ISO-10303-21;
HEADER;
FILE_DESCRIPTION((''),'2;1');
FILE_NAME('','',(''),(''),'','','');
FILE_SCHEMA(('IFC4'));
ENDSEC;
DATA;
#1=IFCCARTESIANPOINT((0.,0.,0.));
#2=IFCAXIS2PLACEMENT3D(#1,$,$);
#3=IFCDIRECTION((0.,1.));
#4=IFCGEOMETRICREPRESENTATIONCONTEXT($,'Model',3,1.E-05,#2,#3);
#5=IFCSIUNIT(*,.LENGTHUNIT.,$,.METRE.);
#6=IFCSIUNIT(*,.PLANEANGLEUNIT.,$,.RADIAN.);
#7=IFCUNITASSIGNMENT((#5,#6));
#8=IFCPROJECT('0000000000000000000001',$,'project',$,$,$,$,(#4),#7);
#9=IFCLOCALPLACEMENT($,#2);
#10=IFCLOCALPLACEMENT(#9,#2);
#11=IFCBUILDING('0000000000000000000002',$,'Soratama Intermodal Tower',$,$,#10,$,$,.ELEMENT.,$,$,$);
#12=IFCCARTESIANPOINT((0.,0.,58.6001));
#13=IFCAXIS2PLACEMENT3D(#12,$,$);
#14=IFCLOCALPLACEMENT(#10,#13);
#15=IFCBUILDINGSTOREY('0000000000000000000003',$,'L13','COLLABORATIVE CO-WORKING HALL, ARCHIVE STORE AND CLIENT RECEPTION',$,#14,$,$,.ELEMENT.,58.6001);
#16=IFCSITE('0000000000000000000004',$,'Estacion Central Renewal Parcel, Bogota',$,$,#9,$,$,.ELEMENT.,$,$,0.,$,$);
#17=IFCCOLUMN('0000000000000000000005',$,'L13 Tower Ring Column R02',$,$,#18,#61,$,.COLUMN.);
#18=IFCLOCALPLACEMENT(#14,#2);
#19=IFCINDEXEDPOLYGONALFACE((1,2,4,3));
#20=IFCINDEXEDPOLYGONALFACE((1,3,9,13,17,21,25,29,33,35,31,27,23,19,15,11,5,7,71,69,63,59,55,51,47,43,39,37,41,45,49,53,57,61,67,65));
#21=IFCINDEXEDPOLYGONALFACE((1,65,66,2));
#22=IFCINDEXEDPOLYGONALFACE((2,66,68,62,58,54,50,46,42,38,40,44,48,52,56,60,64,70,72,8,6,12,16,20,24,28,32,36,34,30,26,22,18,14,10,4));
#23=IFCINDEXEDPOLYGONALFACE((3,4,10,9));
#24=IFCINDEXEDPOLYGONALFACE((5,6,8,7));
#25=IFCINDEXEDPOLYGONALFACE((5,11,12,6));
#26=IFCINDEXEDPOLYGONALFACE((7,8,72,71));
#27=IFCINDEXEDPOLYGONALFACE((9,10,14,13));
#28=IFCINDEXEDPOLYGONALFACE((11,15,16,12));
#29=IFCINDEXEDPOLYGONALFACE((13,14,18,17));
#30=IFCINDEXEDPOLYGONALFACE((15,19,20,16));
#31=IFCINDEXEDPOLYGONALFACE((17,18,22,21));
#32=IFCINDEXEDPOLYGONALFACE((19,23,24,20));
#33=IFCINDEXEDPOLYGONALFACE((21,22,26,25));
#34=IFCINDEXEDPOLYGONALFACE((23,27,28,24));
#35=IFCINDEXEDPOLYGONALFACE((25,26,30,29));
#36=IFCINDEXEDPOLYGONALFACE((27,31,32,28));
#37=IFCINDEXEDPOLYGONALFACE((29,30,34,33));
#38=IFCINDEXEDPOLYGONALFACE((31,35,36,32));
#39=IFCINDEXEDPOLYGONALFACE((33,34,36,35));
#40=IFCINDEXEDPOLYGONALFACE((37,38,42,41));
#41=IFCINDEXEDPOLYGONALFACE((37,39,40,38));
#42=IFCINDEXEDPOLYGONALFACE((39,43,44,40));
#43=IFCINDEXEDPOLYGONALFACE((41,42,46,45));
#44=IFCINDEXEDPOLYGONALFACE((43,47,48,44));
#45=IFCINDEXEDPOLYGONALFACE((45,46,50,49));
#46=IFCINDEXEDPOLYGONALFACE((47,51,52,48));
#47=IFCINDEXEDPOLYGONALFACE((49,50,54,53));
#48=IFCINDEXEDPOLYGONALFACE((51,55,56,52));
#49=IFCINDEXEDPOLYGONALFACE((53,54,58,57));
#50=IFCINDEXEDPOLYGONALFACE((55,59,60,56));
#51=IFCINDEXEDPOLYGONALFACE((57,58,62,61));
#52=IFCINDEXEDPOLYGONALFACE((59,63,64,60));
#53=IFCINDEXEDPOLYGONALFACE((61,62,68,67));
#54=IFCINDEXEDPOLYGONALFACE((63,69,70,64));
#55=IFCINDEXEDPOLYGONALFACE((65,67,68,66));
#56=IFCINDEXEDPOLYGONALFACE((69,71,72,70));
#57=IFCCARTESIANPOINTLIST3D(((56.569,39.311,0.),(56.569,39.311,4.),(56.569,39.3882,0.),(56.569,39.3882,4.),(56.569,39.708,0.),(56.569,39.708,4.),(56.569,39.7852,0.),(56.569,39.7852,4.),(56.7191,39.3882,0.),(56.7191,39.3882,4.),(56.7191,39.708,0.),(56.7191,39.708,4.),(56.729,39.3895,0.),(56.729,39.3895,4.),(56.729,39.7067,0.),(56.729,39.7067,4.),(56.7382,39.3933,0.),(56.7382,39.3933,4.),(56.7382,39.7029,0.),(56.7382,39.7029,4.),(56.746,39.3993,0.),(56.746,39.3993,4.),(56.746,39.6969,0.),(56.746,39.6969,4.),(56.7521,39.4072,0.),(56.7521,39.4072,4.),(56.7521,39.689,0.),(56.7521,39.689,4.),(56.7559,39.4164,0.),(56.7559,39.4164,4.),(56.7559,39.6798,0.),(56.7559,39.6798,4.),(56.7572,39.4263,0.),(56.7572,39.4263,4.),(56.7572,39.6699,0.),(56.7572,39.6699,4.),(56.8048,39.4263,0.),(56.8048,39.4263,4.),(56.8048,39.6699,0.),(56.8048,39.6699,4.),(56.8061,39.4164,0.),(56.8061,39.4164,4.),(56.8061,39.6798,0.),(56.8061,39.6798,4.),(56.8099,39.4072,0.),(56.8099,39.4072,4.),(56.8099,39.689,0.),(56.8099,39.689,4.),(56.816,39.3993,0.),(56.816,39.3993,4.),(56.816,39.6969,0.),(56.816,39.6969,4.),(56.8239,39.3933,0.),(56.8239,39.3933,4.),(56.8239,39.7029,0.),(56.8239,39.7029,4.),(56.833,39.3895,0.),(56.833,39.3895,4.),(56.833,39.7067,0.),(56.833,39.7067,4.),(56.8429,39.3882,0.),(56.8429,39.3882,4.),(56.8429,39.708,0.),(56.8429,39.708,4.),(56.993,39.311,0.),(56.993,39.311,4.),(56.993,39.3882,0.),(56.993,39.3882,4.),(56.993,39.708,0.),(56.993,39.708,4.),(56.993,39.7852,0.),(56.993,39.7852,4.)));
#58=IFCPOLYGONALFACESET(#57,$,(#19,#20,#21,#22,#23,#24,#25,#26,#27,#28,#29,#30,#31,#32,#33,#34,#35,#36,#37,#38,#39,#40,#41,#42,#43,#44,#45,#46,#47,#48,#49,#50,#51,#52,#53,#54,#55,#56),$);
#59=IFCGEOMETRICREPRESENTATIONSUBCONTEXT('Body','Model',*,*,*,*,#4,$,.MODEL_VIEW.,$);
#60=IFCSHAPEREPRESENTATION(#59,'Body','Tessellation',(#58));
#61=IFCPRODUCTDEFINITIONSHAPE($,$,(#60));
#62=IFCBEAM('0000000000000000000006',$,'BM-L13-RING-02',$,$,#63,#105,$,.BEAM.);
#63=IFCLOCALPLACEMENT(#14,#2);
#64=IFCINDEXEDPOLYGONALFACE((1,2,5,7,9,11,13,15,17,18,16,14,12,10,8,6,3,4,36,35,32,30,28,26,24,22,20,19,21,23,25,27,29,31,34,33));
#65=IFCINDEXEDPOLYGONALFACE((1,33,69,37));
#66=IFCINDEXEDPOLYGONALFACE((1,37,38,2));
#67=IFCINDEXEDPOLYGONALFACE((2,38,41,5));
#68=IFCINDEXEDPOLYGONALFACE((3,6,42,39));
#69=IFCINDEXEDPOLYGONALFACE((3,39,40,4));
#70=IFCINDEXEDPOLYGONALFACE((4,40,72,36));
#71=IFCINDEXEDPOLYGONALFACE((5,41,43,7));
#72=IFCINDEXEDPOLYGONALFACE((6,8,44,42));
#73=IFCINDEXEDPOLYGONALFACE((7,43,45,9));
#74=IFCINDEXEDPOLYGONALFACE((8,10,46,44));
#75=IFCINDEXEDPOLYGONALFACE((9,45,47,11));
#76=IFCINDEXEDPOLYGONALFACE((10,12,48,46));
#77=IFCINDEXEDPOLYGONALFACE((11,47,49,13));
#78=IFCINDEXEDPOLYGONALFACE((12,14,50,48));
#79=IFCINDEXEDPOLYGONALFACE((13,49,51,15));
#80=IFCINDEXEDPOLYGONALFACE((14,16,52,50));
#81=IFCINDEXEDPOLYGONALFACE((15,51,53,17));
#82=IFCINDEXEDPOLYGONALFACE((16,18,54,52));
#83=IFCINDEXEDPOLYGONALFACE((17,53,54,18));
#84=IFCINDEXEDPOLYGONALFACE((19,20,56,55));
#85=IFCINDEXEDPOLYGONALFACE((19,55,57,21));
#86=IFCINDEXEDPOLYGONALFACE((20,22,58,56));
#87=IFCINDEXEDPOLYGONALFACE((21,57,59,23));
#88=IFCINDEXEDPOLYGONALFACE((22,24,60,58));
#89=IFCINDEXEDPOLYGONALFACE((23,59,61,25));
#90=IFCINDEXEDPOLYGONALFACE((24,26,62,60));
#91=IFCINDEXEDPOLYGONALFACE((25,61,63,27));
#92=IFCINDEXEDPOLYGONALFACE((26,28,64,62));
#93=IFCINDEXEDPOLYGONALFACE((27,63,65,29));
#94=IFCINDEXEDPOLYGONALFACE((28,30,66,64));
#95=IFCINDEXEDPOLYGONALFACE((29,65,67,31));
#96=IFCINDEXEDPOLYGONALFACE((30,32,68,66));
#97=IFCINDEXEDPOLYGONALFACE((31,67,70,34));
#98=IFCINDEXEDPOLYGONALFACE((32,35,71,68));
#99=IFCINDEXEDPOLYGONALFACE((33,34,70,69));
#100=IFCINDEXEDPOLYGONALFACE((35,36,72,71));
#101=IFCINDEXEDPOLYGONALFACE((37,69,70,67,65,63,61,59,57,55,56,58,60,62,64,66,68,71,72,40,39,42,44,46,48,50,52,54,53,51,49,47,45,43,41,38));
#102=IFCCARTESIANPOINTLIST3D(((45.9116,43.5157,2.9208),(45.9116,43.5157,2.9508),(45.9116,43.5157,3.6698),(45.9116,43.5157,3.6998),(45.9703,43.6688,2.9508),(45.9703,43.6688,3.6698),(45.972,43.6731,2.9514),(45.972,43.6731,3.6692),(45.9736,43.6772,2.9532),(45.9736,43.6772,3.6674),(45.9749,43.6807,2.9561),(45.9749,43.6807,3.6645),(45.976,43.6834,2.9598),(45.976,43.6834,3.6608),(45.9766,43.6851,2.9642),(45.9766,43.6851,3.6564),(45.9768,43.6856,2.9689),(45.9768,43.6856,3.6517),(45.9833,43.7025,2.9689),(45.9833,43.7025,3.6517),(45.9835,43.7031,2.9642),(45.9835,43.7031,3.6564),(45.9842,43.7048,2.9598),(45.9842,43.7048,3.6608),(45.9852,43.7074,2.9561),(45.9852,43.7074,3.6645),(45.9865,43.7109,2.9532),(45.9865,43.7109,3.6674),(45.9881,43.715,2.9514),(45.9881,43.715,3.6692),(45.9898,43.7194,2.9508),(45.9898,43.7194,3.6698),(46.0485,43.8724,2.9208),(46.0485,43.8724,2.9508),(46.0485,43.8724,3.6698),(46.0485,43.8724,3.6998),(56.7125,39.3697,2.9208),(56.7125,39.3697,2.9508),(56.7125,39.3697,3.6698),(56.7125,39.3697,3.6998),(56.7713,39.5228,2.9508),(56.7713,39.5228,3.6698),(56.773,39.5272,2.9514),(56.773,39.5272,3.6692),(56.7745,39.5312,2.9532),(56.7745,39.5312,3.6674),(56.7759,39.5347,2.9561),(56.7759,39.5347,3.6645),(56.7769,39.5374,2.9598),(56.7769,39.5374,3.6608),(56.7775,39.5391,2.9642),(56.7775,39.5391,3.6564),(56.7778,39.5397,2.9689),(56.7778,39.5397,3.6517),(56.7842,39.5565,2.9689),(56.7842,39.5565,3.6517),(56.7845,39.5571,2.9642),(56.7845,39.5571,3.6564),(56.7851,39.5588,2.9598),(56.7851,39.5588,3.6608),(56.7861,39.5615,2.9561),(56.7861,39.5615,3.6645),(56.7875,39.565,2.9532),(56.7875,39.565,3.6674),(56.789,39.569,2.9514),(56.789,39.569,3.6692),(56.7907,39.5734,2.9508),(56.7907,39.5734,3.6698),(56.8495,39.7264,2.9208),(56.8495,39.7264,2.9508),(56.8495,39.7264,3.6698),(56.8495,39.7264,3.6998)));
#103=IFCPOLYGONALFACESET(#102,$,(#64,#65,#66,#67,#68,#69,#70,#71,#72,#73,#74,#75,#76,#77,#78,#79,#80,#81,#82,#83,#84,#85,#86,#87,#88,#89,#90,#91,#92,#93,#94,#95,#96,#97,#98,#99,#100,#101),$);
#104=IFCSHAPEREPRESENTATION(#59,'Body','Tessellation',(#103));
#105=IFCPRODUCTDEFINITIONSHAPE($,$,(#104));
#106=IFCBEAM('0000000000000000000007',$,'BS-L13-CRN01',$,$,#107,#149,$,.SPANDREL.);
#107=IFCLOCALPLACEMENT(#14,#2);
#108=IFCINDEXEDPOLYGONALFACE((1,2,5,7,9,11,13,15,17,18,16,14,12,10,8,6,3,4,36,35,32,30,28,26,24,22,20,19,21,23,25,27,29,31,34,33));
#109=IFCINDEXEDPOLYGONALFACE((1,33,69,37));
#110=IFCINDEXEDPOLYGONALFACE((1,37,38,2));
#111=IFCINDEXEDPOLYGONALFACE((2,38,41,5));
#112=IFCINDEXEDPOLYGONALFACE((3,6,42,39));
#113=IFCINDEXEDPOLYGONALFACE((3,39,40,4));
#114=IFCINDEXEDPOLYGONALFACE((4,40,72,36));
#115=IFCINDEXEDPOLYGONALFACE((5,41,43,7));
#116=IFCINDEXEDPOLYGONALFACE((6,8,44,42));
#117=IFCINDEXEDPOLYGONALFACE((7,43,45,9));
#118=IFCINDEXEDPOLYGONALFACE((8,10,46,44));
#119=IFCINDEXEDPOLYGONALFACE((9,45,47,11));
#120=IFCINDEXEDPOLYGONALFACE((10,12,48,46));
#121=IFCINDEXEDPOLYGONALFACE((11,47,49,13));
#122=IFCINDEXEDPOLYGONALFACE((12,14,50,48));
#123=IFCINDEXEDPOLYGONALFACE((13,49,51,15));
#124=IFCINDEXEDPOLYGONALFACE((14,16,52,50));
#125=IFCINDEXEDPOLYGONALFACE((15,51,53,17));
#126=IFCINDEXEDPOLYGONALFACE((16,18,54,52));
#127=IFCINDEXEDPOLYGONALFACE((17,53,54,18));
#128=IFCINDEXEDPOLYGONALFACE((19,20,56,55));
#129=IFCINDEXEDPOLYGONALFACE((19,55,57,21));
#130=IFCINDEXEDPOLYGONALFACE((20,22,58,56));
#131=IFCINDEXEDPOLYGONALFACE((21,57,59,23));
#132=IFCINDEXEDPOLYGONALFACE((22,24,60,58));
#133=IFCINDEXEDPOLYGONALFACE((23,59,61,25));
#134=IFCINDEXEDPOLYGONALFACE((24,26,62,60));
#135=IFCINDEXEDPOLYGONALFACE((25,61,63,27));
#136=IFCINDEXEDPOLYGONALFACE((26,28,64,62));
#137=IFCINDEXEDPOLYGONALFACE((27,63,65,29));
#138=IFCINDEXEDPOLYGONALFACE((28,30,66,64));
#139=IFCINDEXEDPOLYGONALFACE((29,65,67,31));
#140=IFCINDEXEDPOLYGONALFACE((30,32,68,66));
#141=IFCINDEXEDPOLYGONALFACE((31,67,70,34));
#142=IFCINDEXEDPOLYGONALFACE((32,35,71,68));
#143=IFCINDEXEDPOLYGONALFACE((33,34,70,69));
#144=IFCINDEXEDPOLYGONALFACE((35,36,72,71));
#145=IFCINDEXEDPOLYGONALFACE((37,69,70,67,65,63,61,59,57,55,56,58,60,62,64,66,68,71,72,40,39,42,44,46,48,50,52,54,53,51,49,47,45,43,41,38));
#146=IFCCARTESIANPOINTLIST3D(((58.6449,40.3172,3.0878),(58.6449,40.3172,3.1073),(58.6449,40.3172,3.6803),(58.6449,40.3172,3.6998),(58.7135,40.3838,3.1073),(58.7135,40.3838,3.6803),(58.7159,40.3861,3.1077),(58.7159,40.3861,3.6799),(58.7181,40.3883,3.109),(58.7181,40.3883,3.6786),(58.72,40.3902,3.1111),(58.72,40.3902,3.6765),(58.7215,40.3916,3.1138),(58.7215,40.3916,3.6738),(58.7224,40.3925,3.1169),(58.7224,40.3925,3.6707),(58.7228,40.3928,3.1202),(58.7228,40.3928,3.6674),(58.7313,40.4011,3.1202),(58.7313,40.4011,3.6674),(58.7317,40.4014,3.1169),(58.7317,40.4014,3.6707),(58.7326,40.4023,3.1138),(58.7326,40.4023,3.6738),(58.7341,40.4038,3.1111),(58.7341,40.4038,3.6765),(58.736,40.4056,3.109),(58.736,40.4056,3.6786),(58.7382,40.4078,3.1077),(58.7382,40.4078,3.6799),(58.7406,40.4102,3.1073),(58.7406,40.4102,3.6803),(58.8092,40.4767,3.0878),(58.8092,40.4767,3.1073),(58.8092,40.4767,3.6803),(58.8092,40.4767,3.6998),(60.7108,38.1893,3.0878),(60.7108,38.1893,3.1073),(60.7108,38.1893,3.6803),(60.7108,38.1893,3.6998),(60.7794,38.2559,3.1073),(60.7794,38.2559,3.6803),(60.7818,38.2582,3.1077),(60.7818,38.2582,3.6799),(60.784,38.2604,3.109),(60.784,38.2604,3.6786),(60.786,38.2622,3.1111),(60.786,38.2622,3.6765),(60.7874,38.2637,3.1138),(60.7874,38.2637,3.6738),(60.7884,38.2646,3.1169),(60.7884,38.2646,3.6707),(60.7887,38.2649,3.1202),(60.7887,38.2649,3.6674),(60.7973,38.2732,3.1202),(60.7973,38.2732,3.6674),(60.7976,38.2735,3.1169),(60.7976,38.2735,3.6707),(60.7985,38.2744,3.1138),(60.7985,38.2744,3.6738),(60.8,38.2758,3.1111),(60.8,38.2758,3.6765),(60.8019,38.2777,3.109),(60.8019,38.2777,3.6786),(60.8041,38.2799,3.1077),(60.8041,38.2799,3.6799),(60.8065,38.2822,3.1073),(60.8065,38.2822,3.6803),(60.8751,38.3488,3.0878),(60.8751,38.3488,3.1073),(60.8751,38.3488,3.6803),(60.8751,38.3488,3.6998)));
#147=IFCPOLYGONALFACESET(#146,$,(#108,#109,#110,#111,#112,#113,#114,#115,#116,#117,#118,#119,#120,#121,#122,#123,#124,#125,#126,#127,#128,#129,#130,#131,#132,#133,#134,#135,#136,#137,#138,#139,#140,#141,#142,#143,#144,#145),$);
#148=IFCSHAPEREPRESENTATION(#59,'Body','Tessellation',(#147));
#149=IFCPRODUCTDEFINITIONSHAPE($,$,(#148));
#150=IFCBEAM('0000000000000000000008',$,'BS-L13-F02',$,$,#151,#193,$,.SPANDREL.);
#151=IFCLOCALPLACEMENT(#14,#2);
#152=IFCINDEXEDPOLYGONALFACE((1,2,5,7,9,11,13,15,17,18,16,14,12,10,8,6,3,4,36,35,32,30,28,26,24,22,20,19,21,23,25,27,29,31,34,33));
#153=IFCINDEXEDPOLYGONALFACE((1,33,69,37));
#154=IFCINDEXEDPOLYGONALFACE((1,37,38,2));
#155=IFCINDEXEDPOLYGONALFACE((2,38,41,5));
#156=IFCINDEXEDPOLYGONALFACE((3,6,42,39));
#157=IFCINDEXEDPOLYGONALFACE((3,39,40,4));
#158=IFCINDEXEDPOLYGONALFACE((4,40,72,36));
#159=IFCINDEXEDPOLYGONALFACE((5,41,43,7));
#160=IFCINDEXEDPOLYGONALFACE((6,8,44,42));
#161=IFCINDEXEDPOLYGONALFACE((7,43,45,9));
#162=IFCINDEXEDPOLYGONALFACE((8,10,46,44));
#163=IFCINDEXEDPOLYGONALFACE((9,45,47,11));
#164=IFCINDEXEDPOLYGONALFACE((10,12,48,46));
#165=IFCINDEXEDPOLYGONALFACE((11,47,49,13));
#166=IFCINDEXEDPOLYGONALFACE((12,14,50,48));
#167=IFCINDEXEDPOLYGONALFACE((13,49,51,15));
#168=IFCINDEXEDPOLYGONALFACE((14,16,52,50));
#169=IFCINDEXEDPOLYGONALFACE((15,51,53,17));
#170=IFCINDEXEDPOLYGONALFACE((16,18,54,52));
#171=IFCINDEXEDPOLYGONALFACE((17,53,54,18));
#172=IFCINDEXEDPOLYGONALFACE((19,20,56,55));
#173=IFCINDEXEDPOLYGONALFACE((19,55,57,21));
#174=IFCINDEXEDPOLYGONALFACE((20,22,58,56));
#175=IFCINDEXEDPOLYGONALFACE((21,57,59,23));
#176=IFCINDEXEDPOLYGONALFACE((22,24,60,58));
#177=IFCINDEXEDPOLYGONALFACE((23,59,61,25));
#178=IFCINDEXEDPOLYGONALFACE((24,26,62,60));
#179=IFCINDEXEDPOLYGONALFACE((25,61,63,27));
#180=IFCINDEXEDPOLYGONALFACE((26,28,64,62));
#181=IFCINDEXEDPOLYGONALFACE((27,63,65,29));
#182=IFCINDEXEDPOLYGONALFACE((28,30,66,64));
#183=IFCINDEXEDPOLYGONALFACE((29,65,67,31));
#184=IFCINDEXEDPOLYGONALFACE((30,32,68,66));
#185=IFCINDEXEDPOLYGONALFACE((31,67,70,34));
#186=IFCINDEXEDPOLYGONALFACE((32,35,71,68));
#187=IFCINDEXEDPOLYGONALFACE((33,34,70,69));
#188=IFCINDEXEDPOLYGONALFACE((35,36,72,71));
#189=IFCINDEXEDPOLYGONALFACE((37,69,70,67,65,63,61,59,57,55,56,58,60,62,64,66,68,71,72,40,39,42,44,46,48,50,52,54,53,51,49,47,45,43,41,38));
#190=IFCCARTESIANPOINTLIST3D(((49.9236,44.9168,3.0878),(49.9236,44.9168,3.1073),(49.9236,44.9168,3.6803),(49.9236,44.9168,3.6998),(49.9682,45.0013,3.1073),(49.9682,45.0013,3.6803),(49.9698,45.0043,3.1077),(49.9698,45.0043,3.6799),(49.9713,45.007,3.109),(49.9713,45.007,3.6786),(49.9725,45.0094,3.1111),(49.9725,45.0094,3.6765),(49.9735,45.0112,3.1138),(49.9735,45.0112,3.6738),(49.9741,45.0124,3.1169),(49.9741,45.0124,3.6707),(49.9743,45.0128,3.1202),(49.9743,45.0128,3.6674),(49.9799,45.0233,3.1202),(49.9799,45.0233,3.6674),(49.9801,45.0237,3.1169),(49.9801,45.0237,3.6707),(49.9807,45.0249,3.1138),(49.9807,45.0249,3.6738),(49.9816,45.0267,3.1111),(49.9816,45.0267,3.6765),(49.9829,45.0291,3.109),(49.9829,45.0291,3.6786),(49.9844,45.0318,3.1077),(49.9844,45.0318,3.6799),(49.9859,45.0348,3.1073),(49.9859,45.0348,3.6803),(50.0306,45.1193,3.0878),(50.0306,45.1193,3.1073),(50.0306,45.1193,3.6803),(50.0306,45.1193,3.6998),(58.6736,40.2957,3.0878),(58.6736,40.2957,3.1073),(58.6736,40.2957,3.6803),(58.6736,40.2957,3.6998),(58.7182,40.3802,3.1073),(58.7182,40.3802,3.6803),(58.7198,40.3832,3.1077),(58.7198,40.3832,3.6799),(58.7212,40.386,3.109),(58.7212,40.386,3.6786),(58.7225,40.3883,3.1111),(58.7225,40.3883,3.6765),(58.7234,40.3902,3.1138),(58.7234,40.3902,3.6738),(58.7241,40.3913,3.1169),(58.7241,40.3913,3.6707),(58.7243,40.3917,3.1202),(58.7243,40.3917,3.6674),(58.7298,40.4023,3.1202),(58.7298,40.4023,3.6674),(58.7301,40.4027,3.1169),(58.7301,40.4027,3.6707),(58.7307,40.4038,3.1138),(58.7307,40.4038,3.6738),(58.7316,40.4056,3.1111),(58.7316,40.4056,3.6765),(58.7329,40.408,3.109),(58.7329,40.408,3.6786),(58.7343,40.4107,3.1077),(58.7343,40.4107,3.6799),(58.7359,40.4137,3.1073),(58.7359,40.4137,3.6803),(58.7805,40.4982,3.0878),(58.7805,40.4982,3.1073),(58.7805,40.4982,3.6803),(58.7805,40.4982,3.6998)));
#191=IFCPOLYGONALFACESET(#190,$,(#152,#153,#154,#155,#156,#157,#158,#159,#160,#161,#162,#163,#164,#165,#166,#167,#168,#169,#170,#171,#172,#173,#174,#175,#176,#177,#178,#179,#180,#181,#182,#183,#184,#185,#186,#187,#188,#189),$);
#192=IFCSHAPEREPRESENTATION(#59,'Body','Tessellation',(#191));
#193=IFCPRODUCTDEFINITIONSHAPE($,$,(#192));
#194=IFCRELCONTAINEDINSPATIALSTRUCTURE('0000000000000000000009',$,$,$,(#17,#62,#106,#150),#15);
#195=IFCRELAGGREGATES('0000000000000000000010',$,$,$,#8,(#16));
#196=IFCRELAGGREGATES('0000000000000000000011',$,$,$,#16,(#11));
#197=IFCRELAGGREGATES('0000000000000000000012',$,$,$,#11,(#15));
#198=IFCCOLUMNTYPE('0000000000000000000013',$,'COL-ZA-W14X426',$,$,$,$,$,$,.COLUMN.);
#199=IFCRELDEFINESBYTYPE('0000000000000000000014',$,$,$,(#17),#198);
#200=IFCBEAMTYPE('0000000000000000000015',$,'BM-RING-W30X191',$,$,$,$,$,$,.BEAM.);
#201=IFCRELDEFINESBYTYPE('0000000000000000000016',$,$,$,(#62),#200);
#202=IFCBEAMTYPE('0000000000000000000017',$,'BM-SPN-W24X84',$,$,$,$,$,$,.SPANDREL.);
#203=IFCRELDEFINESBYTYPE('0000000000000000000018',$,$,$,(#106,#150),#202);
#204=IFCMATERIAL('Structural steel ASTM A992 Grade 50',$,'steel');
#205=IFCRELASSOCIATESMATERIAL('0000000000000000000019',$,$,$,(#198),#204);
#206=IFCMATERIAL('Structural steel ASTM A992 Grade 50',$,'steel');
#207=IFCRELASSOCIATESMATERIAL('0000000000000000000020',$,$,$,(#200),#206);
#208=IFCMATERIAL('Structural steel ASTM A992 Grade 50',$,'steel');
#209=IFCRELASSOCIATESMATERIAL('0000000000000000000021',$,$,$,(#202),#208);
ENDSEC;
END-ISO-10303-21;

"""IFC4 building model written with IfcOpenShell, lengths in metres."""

from ifc_helpers import new_model, si_unit, direction, frame, origin, origin_2d, place, context, subcontext, project, spatial, i_section, extrude, material, material_profile, profile_set, type_object, element, save


model = new_model("IFC4")

# Units and contexts
model_context = context("Model", 3, precision=1e-05, world=origin(), true_north=direction((0.0, 1.0)))
body_context = subcontext(model_context, "Body", "Model", "MODEL_VIEW")
ifc_project = project(units=[si_unit("LENGTHUNIT", "METRE"), si_unit("PLANEANGLEUNIT", "RADIAN")], contexts=[model_context])

# Site, building, storey
site_placement = place(None, origin())
site = spatial("IfcSite", under=ifc_project, at=site_placement, Name="Estacion Central Renewal Parcel, Bogota", CompositionType="ELEMENT", RefElevation=0.0)
building_placement = place(site_placement, origin())
building = spatial("IfcBuilding", under=site, at=building_placement, Name="Soratama Intermodal Tower", CompositionType="ELEMENT")
storey_placement = place(building_placement, frame((0.0, 0.0, 58.6001)))
storey = spatial("IfcBuildingStorey", under=building, at=storey_placement, Name="L13", Description="COLLABORATIVE CO-WORKING HALL, ARCHIVE STORE AND CLIENT RECEPTION", CompositionType="ELEMENT", Elevation=58.6001)

# Column
ifc_material_1 = material(Name="Structural steel ASTM A992 Grade 50", Category="steel")
ifc_material_profile_1 = material_profile(ifc_material_1, i_section(OverallWidth=0.4241, OverallDepth=0.4741, WebThickness=0.0476, FlangeThickness=0.0771, FilletRadius=0.0381, at=origin_2d()), Name="W14X426")
ifc_profile_set_1 = profile_set([ifc_material_profile_1], Name="Structural steel ASTM A992 Grade 50")
column_type = type_object("IfcColumnType", Name="COL-ZA-W14X426", PredefinedType="COLUMN", material=ifc_profile_set_1)
column_placement = place(storey_placement, frame((56.781, 39.5481, 0.0), z_axis=(0.0, 0.0, 1.0), x_axis=(1.0, 0.0, 0.0)))
element("IfcColumn", 1, at=column_placement, inside=storey, type_object=column_type, Name="L13 Tower Ring Column R02", PredefinedType="COLUMN", context=body_context, shape_type="SweptSolid", body=[
    extrude(i_section(OverallWidth=0.4241, OverallDepth=0.4741, WebThickness=0.0476, FlangeThickness=0.0771, FilletRadius=0.0381, at=origin_2d()), origin(), (0.0, 0.0, 1.0), 4.0),
])

# Beams
ifc_material_2 = material(Name="Structural steel ASTM A992 Grade 50", Category="steel")
ifc_material_profile_2 = material_profile(ifc_material_2, i_section(OverallWidth=0.3821, OverallDepth=0.7791, WebThickness=0.0181, FlangeThickness=0.03, FilletRadius=0.0181, at=origin_2d()), Name="W30X191")
ifc_profile_set_2 = profile_set([ifc_material_profile_2], Name="Structural steel ASTM A992 Grade 50")
beam_type_1 = type_object("IfcBeamType", Name="BM-RING-W30X191", PredefinedType="BEAM", material=ifc_profile_set_2)
beam_1_placement = place(storey_placement, frame((56.781, 39.5481, 3.3103), z_axis=(-0.933584, 0.358358, 0.0), x_axis=(-0.358358, -0.933584, 0.0)))
element("IfcBeam", 2, at=beam_1_placement, inside=storey, type_object=beam_type_1, Name="BM-L13-RING-02", PredefinedType="BEAM", context=body_context, shape_type="SweptSolid", body=[
    extrude(i_section(OverallWidth=0.3821, OverallDepth=0.7791, WebThickness=0.0181, FlangeThickness=0.03, FilletRadius=0.0181, at=origin_2d()), origin(), (0.0, 0.0, 1.0), 11.5693),
])
ifc_material_3 = material(Name="Structural steel ASTM A992 Grade 50", Category="steel")
ifc_material_profile_3 = material_profile(ifc_material_3, i_section(OverallWidth=0.229, OverallDepth=0.6121, WebThickness=0.012, FlangeThickness=0.0195, FilletRadius=0.0129, at=origin_2d()), Name="W24X84")
ifc_profile_set_3 = profile_set([ifc_material_profile_3], Name="Structural steel ASTM A992 Grade 50")
beam_type_2 = type_object("IfcBeamType", Name="BM-SPN-W24X84", PredefinedType="SPANDREL", material=ifc_profile_set_3)
beam_2_placement = place(storey_placement, frame((60.793, 38.269, 3.3938), z_axis=(-0.696575, 0.717484, 0.0), x_axis=(-0.717484, -0.696575, 0.0)))
element("IfcBeam", 3, at=beam_2_placement, inside=storey, type_object=beam_type_2, Name="BS-L13-CRN01", PredefinedType="SPANDREL", context=body_context, shape_type="SweptSolid", body=[
    extrude(i_section(OverallWidth=0.229, OverallDepth=0.6121, WebThickness=0.012, FlangeThickness=0.0195, FilletRadius=0.0129, at=origin_2d()), origin(), (0.0, 0.0, 1.0), 2.9658),
])
beam_3_placement = place(storey_placement, frame((58.7271, 40.397, 3.3938), z_axis=(-0.884258, 0.466999, 0.0), x_axis=(-0.466999, -0.884258, 0.0)))
element("IfcBeam", 4, at=beam_3_placement, inside=storey, type_object=beam_type_2, Name="BS-L13-F02", PredefinedType="SPANDREL", context=body_context, shape_type="SweptSolid", body=[
    extrude(i_section(OverallWidth=0.229, OverallDepth=0.6121, WebThickness=0.012, FlangeThickness=0.0195, FilletRadius=0.0129, at=origin_2d()), origin(), (0.0, 0.0, 1.0), 9.8953),
])

save(model, "model.ifc")
